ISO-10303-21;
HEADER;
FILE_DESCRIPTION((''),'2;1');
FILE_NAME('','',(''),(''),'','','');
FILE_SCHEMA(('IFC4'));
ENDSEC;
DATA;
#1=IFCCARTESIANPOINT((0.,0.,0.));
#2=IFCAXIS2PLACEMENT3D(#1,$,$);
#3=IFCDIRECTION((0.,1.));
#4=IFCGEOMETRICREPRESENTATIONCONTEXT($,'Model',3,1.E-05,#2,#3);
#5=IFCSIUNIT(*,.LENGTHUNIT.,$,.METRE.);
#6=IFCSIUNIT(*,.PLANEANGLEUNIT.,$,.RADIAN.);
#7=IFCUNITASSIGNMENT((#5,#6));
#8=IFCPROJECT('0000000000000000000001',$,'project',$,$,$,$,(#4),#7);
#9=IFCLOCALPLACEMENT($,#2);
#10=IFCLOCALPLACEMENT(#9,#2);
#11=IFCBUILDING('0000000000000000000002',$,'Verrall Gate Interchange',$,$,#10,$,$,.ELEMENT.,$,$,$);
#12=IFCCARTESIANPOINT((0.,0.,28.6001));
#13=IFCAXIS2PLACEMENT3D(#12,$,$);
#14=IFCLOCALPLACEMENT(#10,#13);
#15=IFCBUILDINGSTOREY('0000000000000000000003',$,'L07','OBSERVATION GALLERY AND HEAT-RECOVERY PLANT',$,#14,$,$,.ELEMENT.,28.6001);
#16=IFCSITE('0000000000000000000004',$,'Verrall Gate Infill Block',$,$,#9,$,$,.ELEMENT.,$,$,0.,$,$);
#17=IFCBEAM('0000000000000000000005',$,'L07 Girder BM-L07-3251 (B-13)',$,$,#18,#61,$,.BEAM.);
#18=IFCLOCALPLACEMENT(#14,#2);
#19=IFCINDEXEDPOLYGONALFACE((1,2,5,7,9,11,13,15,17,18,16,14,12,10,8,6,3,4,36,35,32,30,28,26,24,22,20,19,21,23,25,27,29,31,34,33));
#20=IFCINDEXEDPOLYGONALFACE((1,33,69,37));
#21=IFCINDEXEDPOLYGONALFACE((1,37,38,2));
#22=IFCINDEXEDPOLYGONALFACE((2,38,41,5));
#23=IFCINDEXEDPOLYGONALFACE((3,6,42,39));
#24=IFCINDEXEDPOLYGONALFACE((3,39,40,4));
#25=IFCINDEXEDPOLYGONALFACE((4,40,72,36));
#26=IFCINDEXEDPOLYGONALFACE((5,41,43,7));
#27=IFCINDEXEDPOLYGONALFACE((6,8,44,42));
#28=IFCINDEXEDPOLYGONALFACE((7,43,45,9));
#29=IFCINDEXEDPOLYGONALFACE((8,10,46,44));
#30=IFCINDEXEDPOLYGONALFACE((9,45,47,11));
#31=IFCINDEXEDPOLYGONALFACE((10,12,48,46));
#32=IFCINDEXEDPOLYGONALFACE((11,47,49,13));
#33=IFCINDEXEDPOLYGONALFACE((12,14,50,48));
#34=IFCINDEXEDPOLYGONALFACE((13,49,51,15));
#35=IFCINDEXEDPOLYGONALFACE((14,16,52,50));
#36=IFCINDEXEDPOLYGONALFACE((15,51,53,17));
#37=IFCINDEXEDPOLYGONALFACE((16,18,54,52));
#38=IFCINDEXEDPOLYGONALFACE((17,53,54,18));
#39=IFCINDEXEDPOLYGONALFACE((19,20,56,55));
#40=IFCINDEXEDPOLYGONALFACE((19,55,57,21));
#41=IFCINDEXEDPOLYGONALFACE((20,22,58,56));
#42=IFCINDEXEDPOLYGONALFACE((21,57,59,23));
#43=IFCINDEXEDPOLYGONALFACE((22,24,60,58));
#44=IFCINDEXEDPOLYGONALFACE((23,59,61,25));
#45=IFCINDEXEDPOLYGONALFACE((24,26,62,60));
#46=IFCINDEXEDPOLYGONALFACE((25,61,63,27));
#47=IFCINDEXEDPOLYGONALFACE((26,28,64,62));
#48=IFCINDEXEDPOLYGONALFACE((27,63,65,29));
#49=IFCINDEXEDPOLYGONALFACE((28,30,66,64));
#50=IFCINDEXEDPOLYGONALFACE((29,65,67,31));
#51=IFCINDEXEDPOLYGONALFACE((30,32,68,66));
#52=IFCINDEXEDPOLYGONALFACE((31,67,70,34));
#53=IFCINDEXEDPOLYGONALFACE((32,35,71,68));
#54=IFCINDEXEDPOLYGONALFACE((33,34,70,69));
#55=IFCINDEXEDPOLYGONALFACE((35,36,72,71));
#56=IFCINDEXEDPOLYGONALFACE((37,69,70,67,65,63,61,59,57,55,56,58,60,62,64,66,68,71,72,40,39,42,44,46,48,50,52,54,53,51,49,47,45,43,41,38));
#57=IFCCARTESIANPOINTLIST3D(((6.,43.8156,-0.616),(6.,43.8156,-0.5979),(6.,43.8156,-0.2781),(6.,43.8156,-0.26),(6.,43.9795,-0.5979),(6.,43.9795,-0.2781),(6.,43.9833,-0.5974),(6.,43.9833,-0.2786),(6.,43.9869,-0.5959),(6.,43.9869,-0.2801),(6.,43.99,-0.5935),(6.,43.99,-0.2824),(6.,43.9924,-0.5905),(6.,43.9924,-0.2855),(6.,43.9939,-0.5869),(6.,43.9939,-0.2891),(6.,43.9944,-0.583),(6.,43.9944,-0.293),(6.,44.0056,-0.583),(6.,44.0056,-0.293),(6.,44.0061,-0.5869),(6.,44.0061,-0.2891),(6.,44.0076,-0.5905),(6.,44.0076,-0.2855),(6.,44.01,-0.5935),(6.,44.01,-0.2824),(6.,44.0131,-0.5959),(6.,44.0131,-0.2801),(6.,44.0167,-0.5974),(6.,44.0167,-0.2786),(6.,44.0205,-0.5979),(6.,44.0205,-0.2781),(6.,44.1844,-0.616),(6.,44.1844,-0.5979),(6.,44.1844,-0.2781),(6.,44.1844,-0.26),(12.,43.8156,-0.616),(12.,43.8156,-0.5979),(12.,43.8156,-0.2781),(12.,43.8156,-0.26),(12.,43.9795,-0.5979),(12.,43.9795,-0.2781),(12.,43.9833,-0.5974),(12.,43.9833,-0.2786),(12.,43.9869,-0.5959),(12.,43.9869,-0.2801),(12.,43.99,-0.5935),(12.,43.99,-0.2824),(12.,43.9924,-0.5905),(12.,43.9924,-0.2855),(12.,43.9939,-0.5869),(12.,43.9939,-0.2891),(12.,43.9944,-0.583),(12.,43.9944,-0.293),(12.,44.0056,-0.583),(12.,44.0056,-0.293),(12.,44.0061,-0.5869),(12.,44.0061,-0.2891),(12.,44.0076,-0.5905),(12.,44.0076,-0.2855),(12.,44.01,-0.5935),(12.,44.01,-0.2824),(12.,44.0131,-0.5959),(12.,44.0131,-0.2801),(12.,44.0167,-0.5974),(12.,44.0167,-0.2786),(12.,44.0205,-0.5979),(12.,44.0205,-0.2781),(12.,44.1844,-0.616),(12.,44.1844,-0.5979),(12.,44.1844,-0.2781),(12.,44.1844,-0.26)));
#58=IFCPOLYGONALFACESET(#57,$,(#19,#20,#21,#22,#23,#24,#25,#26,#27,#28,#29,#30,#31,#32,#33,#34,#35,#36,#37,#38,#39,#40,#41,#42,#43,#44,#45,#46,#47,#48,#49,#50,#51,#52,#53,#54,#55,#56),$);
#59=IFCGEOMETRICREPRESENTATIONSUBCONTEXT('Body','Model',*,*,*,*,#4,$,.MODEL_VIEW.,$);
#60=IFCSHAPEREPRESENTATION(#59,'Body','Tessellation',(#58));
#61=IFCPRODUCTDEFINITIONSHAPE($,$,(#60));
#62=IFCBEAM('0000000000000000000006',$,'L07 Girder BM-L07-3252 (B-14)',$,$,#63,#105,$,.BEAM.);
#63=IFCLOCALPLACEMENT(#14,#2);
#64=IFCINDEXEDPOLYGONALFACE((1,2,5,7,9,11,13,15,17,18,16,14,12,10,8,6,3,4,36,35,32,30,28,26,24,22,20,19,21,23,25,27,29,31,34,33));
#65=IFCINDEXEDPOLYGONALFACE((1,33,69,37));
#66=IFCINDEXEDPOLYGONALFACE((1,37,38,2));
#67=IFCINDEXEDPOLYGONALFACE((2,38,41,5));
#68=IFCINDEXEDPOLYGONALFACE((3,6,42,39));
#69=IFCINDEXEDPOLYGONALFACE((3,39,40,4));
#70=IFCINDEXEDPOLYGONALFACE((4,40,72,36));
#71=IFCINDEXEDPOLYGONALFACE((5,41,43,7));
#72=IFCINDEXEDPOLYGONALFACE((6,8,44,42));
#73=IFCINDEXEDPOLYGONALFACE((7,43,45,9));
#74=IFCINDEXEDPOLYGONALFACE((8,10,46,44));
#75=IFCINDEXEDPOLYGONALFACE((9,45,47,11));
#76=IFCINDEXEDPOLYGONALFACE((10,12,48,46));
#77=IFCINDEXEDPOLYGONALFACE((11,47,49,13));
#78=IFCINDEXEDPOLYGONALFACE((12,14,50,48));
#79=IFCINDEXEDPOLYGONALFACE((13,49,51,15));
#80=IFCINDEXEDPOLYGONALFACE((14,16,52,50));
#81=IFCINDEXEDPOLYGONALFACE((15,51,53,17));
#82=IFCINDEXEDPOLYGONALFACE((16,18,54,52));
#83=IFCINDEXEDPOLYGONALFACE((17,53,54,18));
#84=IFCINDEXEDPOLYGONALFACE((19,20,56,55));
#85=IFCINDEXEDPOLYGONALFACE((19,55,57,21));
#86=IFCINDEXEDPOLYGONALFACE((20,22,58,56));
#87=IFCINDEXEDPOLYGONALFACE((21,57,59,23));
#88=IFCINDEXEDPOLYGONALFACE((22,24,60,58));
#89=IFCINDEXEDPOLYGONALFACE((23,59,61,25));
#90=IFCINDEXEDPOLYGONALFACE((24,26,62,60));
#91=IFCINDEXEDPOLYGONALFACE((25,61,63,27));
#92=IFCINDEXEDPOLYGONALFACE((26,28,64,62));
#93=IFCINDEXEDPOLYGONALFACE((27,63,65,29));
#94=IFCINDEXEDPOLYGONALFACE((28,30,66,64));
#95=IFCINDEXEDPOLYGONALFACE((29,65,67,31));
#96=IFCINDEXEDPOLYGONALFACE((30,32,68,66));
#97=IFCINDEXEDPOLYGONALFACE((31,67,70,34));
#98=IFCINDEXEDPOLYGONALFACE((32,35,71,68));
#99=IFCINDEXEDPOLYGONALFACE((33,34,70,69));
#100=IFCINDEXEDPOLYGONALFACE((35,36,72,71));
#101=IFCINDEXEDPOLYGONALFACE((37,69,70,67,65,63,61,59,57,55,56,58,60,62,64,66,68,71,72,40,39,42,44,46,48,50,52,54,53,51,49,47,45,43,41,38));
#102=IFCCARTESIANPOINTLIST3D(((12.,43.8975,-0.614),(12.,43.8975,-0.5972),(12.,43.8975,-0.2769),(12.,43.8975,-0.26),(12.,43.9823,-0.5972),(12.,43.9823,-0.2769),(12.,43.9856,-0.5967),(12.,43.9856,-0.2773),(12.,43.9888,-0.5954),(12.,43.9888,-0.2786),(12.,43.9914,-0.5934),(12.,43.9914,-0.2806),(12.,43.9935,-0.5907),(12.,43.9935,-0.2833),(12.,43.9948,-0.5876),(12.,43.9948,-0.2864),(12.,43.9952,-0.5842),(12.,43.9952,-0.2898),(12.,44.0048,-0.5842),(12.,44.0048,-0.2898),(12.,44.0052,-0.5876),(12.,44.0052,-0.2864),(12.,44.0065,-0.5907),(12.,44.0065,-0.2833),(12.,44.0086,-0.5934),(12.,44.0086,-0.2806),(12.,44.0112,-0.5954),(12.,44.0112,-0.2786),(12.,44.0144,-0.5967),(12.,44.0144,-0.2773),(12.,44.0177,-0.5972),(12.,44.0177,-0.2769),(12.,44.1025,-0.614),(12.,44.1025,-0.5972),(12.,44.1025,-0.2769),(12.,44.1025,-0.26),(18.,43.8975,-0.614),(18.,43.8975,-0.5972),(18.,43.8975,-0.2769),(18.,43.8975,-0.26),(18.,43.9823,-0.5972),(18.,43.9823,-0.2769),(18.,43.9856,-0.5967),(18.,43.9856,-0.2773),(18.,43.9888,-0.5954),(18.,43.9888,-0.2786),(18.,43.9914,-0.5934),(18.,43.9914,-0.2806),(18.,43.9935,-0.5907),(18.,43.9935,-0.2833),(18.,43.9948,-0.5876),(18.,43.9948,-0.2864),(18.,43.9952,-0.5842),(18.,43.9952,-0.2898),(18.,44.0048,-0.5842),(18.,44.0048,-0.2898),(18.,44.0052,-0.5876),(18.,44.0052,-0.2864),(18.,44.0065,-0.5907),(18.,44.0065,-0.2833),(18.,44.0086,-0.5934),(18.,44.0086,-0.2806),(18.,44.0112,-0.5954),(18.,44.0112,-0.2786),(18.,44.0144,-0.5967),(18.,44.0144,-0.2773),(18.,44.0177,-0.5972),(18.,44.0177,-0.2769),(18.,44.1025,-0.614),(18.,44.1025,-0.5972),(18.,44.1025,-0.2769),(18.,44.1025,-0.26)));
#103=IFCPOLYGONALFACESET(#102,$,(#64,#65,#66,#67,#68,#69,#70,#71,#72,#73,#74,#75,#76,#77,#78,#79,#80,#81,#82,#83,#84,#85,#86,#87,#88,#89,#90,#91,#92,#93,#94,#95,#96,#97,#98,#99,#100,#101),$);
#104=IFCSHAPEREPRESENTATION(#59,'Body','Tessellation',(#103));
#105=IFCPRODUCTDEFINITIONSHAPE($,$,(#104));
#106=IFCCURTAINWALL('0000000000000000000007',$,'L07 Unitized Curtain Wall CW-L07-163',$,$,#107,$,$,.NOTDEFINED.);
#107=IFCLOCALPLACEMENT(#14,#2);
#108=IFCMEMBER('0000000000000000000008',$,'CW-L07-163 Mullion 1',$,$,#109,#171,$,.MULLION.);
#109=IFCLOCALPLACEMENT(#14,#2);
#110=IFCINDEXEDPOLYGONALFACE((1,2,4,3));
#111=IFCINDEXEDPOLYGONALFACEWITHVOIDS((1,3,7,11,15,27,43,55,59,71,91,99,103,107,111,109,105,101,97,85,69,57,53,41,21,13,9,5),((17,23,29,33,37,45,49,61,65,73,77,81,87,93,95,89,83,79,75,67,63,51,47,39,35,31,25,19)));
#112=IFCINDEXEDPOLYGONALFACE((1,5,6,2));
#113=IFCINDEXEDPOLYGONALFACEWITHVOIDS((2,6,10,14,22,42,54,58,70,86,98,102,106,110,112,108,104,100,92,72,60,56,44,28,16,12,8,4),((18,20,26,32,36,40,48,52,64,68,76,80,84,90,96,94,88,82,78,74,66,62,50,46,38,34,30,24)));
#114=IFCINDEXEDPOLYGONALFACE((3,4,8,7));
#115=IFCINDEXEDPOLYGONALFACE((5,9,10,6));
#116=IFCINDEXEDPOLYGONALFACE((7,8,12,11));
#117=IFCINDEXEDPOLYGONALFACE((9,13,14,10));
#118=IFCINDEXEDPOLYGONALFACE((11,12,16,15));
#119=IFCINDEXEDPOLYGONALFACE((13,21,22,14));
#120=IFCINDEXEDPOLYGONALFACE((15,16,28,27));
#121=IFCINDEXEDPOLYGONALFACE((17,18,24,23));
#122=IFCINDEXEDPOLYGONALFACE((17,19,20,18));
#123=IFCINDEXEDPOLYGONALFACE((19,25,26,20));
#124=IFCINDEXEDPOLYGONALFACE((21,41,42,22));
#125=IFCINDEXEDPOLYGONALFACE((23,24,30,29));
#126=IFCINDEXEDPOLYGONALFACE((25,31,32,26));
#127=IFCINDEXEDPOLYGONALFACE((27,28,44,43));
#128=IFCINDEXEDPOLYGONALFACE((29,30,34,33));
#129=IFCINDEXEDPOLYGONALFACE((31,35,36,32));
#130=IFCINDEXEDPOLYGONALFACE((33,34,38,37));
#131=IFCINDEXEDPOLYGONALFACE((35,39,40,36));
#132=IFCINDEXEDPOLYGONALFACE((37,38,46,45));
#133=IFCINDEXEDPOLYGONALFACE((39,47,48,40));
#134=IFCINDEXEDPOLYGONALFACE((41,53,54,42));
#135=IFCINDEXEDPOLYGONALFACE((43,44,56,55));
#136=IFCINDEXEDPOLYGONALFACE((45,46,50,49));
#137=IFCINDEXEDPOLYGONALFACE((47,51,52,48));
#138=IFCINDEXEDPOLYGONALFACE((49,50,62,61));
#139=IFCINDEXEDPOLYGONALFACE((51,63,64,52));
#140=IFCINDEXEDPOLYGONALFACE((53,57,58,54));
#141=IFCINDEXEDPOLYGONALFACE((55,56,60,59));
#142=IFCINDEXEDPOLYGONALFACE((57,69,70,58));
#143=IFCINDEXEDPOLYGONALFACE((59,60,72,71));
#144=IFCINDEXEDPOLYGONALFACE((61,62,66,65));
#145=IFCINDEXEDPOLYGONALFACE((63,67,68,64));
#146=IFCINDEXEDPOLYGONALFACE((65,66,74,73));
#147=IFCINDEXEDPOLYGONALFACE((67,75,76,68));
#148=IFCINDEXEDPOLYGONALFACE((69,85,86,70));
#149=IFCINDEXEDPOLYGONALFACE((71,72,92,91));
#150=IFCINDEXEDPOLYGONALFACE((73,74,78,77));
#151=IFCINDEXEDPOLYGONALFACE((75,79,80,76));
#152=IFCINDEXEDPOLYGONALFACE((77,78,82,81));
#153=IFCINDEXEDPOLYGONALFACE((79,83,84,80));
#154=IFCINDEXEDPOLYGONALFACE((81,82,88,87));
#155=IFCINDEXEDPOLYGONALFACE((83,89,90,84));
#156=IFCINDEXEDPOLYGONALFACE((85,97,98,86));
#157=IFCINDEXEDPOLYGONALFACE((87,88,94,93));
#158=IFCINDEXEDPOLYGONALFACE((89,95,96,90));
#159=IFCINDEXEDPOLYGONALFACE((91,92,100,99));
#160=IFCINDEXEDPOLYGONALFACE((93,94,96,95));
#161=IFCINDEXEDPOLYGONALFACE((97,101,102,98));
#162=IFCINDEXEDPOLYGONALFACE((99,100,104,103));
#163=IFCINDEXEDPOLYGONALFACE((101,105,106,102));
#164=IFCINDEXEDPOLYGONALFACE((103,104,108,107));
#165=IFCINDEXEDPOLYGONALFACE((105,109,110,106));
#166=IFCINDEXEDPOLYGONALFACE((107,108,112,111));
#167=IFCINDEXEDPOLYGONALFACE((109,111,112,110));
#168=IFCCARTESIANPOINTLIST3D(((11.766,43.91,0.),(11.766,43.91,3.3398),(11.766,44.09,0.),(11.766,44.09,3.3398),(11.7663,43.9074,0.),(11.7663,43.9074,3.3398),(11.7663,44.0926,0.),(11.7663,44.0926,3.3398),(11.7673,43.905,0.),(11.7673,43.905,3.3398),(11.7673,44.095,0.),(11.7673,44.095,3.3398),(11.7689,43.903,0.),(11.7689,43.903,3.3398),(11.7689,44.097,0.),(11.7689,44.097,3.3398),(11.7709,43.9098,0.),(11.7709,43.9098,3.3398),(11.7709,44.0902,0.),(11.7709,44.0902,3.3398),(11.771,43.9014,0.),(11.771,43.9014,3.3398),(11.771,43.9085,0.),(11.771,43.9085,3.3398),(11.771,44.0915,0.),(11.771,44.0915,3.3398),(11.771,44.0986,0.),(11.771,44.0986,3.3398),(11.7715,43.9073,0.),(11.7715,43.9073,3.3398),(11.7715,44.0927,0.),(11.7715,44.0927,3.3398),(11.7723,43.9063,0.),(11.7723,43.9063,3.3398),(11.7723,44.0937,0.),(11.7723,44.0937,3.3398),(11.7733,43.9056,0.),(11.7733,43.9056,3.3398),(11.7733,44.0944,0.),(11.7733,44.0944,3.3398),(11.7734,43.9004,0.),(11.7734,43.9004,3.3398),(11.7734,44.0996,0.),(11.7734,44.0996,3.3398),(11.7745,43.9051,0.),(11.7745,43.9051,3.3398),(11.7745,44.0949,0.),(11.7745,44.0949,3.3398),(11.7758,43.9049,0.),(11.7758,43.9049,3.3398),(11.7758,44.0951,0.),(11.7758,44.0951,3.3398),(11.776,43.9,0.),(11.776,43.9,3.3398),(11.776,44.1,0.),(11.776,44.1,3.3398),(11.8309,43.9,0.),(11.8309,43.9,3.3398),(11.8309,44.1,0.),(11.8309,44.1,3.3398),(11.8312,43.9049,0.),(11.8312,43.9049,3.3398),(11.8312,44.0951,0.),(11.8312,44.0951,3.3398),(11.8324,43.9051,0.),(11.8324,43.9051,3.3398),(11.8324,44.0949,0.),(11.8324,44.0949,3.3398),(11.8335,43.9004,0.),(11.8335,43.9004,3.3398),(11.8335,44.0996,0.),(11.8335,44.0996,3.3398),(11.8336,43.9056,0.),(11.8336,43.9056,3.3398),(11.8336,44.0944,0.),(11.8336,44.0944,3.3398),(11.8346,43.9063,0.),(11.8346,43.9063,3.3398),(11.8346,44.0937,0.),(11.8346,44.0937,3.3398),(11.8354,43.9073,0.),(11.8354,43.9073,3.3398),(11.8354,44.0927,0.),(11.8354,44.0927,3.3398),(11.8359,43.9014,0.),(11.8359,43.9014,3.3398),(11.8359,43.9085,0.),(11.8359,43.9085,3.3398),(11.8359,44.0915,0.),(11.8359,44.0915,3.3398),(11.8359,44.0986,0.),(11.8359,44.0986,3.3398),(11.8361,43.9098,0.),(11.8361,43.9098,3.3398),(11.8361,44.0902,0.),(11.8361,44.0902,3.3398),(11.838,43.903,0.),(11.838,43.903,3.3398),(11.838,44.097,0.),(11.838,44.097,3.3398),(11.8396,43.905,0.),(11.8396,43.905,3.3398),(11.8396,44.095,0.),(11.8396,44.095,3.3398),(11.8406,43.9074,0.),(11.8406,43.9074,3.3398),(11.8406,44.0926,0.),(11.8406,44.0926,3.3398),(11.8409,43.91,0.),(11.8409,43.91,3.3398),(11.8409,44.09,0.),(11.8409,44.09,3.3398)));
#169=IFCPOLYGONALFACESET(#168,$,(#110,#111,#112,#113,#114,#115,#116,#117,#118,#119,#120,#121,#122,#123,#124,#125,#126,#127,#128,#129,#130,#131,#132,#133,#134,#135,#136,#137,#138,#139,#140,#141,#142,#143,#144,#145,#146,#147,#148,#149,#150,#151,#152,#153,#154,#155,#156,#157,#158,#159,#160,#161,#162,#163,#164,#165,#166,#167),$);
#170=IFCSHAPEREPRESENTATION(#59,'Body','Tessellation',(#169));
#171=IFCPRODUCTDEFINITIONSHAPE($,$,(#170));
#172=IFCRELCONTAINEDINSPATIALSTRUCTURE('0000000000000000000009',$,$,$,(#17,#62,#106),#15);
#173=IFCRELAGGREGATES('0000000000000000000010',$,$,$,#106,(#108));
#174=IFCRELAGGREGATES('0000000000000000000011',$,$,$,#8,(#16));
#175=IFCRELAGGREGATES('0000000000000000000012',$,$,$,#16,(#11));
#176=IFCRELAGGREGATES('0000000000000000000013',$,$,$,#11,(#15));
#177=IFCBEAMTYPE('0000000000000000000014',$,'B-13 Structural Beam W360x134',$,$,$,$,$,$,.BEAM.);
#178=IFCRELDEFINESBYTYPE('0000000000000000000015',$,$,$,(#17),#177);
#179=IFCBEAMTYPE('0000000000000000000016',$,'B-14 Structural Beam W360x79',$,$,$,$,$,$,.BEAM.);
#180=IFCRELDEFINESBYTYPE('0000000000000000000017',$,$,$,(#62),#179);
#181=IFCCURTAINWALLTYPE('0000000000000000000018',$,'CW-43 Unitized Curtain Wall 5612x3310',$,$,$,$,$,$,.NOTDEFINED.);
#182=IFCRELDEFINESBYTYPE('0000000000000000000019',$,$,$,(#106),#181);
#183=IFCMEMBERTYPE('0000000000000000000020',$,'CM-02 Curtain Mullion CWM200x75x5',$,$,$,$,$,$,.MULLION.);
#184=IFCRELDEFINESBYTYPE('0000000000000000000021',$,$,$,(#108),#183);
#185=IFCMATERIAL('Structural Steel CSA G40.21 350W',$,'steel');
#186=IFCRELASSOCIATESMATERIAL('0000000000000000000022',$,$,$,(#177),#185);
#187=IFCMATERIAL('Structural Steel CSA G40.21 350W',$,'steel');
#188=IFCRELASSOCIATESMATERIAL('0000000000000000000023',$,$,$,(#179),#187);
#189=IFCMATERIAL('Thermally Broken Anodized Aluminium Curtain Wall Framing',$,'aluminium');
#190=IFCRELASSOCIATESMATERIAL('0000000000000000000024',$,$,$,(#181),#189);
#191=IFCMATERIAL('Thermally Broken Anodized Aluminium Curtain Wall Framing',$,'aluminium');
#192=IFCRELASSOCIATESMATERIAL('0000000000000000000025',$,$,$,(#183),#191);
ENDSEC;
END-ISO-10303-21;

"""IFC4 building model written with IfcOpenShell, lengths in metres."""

from ifc_helpers import new_model, si_unit, direction, frame, origin, origin_2d, place, context, subcontext, project, spatial, hollow_rectangle, i_section, extrude, material, material_profile, profile_set, type_object, element, aggregate, save


model = new_model("IFC4")

# Units and contexts
model_context = context("Model", 3, precision=1e-05, world=origin(), true_north=direction((0.0, 1.0)))
body_context = subcontext(model_context, "Body", "Model", "MODEL_VIEW")
ifc_project = project(units=[si_unit("LENGTHUNIT", "METRE"), si_unit("PLANEANGLEUNIT", "RADIAN")], contexts=[model_context])

# Site, building, storey
site_placement = place(None, origin())
site = spatial("IfcSite", under=ifc_project, at=site_placement, Name="Verrall Gate Infill Block", CompositionType="ELEMENT", RefElevation=0.0)
building_placement = place(site_placement, origin())
building = spatial("IfcBuilding", under=site, at=building_placement, Name="Verrall Gate Interchange", CompositionType="ELEMENT")
storey_placement = place(building_placement, frame((0.0, 0.0, 28.6001)))
storey = spatial("IfcBuildingStorey", under=building, at=storey_placement, Name="L07", Description="OBSERVATION GALLERY AND HEAT-RECOVERY PLANT", CompositionType="ELEMENT", Elevation=28.6001)

# Beams
ifc_material_1 = material(Name="Structural Steel CSA G40.21 350W", Category="steel")
ifc_material_profile_1 = material_profile(ifc_material_1, i_section(OverallWidth=0.3689, OverallDepth=0.356, WebThickness=0.0112, FlangeThickness=0.0181, FilletRadius=0.0149, at=origin_2d()), Name="W360x134")
ifc_profile_set_1 = profile_set([ifc_material_profile_1], Name="Structural Steel CSA G40.21 350W")
beam_type_1 = type_object("IfcBeamType", Name="B-13 Structural Beam W360x134", PredefinedType="BEAM", material=ifc_profile_set_1)
beam_1_placement = place(storey_placement, frame((6.0, 44.0, -0.438), z_axis=(1.0, 0.0, 0.0), x_axis=(0.0, 1.0, 0.0)))
element("IfcBeam", 1, at=beam_1_placement, inside=storey, type_object=beam_type_1, Name="L07 Girder BM-L07-3251 (B-13)", PredefinedType="BEAM", context=body_context, shape_type="SweptSolid", body=[
    extrude(i_section(OverallWidth=0.3689, OverallDepth=0.356, WebThickness=0.0112, FlangeThickness=0.0181, FilletRadius=0.0149, at=origin_2d()), origin(), (0.0, 0.0, 1.0), 6.0),
])
ifc_material_2 = material(Name="Structural Steel CSA G40.21 350W", Category="steel")
ifc_material_profile_2 = material_profile(ifc_material_2, i_section(OverallWidth=0.2051, OverallDepth=0.354, WebThickness=0.0095, FlangeThickness=0.0168, FilletRadius=0.0129, at=origin_2d()), Name="W360x79")
ifc_profile_set_2 = profile_set([ifc_material_profile_2], Name="Structural Steel CSA G40.21 350W")
beam_type_2 = type_object("IfcBeamType", Name="B-14 Structural Beam W360x79", PredefinedType="BEAM", material=ifc_profile_set_2)
beam_2_placement = place(storey_placement, frame((12.0, 44.0, -0.437), z_axis=(1.0, 0.0, 0.0), x_axis=(0.0, 1.0, 0.0)))
element("IfcBeam", 2, at=beam_2_placement, inside=storey, type_object=beam_type_2, Name="L07 Girder BM-L07-3252 (B-14)", PredefinedType="BEAM", context=body_context, shape_type="SweptSolid", body=[
    extrude(i_section(OverallWidth=0.2051, OverallDepth=0.354, WebThickness=0.0095, FlangeThickness=0.0168, FilletRadius=0.0129, at=origin_2d()), origin(), (0.0, 0.0, 1.0), 6.0),
])

# Curtain wall, member
ifc_material_3 = material(Name="Thermally Broken Anodized Aluminium Curtain Wall Framing", Category="aluminium")
curtain_wall_type = type_object("IfcCurtainWallType", Name="CW-43 Unitized Curtain Wall 5612x3310", PredefinedType="NOTDEFINED", material=ifc_material_3)
curtain_wall_placement = place(storey_placement, origin())
curtain_wall = element("IfcCurtainWall", 3, at=curtain_wall_placement, inside=storey, type_object=curtain_wall_type, Name="L07 Unitized Curtain Wall CW-L07-163", PredefinedType="NOTDEFINED")
ifc_material_4 = material(Name="Thermally Broken Anodized Aluminium Curtain Wall Framing", Category="aluminium")
ifc_material_profile_3 = material_profile(ifc_material_4, hollow_rectangle(XDim=0.075, YDim=0.2, WallThickness=0.0049, InnerFilletRadius=0.0049, OuterFilletRadius=0.01, at=origin_2d()), Name="CWM200x75x5")
ifc_profile_set_3 = profile_set([ifc_material_profile_3], Name="Thermally Broken Anodized Aluminium Curtain Wall Framing")
member_type_1 = type_object("IfcMemberType", Name="CM-02 Curtain Mullion CWM200x75x5", PredefinedType="MULLION", material=ifc_profile_set_3)
member_1_placement = place(storey_placement, frame((11.8035, 44.0, 0.0), z_axis=(0.0, 0.0, 1.0), x_axis=(-1.0, 0.0, 0.0)))
member_1 = element("IfcMember", 4, at=member_1_placement, type_object=member_type_1, Name="CW-L07-163 Mullion 1", PredefinedType="MULLION", context=body_context, shape_type="SweptSolid", body=[
    extrude(hollow_rectangle(XDim=0.075, YDim=0.2, WallThickness=0.0049, InnerFilletRadius=0.0049, OuterFilletRadius=0.01, at=origin_2d()), origin(), (0.0, 0.0, 1.0), 3.3398),
])

aggregate(curtain_wall, [member_1])

save(model, "model.ifc")
